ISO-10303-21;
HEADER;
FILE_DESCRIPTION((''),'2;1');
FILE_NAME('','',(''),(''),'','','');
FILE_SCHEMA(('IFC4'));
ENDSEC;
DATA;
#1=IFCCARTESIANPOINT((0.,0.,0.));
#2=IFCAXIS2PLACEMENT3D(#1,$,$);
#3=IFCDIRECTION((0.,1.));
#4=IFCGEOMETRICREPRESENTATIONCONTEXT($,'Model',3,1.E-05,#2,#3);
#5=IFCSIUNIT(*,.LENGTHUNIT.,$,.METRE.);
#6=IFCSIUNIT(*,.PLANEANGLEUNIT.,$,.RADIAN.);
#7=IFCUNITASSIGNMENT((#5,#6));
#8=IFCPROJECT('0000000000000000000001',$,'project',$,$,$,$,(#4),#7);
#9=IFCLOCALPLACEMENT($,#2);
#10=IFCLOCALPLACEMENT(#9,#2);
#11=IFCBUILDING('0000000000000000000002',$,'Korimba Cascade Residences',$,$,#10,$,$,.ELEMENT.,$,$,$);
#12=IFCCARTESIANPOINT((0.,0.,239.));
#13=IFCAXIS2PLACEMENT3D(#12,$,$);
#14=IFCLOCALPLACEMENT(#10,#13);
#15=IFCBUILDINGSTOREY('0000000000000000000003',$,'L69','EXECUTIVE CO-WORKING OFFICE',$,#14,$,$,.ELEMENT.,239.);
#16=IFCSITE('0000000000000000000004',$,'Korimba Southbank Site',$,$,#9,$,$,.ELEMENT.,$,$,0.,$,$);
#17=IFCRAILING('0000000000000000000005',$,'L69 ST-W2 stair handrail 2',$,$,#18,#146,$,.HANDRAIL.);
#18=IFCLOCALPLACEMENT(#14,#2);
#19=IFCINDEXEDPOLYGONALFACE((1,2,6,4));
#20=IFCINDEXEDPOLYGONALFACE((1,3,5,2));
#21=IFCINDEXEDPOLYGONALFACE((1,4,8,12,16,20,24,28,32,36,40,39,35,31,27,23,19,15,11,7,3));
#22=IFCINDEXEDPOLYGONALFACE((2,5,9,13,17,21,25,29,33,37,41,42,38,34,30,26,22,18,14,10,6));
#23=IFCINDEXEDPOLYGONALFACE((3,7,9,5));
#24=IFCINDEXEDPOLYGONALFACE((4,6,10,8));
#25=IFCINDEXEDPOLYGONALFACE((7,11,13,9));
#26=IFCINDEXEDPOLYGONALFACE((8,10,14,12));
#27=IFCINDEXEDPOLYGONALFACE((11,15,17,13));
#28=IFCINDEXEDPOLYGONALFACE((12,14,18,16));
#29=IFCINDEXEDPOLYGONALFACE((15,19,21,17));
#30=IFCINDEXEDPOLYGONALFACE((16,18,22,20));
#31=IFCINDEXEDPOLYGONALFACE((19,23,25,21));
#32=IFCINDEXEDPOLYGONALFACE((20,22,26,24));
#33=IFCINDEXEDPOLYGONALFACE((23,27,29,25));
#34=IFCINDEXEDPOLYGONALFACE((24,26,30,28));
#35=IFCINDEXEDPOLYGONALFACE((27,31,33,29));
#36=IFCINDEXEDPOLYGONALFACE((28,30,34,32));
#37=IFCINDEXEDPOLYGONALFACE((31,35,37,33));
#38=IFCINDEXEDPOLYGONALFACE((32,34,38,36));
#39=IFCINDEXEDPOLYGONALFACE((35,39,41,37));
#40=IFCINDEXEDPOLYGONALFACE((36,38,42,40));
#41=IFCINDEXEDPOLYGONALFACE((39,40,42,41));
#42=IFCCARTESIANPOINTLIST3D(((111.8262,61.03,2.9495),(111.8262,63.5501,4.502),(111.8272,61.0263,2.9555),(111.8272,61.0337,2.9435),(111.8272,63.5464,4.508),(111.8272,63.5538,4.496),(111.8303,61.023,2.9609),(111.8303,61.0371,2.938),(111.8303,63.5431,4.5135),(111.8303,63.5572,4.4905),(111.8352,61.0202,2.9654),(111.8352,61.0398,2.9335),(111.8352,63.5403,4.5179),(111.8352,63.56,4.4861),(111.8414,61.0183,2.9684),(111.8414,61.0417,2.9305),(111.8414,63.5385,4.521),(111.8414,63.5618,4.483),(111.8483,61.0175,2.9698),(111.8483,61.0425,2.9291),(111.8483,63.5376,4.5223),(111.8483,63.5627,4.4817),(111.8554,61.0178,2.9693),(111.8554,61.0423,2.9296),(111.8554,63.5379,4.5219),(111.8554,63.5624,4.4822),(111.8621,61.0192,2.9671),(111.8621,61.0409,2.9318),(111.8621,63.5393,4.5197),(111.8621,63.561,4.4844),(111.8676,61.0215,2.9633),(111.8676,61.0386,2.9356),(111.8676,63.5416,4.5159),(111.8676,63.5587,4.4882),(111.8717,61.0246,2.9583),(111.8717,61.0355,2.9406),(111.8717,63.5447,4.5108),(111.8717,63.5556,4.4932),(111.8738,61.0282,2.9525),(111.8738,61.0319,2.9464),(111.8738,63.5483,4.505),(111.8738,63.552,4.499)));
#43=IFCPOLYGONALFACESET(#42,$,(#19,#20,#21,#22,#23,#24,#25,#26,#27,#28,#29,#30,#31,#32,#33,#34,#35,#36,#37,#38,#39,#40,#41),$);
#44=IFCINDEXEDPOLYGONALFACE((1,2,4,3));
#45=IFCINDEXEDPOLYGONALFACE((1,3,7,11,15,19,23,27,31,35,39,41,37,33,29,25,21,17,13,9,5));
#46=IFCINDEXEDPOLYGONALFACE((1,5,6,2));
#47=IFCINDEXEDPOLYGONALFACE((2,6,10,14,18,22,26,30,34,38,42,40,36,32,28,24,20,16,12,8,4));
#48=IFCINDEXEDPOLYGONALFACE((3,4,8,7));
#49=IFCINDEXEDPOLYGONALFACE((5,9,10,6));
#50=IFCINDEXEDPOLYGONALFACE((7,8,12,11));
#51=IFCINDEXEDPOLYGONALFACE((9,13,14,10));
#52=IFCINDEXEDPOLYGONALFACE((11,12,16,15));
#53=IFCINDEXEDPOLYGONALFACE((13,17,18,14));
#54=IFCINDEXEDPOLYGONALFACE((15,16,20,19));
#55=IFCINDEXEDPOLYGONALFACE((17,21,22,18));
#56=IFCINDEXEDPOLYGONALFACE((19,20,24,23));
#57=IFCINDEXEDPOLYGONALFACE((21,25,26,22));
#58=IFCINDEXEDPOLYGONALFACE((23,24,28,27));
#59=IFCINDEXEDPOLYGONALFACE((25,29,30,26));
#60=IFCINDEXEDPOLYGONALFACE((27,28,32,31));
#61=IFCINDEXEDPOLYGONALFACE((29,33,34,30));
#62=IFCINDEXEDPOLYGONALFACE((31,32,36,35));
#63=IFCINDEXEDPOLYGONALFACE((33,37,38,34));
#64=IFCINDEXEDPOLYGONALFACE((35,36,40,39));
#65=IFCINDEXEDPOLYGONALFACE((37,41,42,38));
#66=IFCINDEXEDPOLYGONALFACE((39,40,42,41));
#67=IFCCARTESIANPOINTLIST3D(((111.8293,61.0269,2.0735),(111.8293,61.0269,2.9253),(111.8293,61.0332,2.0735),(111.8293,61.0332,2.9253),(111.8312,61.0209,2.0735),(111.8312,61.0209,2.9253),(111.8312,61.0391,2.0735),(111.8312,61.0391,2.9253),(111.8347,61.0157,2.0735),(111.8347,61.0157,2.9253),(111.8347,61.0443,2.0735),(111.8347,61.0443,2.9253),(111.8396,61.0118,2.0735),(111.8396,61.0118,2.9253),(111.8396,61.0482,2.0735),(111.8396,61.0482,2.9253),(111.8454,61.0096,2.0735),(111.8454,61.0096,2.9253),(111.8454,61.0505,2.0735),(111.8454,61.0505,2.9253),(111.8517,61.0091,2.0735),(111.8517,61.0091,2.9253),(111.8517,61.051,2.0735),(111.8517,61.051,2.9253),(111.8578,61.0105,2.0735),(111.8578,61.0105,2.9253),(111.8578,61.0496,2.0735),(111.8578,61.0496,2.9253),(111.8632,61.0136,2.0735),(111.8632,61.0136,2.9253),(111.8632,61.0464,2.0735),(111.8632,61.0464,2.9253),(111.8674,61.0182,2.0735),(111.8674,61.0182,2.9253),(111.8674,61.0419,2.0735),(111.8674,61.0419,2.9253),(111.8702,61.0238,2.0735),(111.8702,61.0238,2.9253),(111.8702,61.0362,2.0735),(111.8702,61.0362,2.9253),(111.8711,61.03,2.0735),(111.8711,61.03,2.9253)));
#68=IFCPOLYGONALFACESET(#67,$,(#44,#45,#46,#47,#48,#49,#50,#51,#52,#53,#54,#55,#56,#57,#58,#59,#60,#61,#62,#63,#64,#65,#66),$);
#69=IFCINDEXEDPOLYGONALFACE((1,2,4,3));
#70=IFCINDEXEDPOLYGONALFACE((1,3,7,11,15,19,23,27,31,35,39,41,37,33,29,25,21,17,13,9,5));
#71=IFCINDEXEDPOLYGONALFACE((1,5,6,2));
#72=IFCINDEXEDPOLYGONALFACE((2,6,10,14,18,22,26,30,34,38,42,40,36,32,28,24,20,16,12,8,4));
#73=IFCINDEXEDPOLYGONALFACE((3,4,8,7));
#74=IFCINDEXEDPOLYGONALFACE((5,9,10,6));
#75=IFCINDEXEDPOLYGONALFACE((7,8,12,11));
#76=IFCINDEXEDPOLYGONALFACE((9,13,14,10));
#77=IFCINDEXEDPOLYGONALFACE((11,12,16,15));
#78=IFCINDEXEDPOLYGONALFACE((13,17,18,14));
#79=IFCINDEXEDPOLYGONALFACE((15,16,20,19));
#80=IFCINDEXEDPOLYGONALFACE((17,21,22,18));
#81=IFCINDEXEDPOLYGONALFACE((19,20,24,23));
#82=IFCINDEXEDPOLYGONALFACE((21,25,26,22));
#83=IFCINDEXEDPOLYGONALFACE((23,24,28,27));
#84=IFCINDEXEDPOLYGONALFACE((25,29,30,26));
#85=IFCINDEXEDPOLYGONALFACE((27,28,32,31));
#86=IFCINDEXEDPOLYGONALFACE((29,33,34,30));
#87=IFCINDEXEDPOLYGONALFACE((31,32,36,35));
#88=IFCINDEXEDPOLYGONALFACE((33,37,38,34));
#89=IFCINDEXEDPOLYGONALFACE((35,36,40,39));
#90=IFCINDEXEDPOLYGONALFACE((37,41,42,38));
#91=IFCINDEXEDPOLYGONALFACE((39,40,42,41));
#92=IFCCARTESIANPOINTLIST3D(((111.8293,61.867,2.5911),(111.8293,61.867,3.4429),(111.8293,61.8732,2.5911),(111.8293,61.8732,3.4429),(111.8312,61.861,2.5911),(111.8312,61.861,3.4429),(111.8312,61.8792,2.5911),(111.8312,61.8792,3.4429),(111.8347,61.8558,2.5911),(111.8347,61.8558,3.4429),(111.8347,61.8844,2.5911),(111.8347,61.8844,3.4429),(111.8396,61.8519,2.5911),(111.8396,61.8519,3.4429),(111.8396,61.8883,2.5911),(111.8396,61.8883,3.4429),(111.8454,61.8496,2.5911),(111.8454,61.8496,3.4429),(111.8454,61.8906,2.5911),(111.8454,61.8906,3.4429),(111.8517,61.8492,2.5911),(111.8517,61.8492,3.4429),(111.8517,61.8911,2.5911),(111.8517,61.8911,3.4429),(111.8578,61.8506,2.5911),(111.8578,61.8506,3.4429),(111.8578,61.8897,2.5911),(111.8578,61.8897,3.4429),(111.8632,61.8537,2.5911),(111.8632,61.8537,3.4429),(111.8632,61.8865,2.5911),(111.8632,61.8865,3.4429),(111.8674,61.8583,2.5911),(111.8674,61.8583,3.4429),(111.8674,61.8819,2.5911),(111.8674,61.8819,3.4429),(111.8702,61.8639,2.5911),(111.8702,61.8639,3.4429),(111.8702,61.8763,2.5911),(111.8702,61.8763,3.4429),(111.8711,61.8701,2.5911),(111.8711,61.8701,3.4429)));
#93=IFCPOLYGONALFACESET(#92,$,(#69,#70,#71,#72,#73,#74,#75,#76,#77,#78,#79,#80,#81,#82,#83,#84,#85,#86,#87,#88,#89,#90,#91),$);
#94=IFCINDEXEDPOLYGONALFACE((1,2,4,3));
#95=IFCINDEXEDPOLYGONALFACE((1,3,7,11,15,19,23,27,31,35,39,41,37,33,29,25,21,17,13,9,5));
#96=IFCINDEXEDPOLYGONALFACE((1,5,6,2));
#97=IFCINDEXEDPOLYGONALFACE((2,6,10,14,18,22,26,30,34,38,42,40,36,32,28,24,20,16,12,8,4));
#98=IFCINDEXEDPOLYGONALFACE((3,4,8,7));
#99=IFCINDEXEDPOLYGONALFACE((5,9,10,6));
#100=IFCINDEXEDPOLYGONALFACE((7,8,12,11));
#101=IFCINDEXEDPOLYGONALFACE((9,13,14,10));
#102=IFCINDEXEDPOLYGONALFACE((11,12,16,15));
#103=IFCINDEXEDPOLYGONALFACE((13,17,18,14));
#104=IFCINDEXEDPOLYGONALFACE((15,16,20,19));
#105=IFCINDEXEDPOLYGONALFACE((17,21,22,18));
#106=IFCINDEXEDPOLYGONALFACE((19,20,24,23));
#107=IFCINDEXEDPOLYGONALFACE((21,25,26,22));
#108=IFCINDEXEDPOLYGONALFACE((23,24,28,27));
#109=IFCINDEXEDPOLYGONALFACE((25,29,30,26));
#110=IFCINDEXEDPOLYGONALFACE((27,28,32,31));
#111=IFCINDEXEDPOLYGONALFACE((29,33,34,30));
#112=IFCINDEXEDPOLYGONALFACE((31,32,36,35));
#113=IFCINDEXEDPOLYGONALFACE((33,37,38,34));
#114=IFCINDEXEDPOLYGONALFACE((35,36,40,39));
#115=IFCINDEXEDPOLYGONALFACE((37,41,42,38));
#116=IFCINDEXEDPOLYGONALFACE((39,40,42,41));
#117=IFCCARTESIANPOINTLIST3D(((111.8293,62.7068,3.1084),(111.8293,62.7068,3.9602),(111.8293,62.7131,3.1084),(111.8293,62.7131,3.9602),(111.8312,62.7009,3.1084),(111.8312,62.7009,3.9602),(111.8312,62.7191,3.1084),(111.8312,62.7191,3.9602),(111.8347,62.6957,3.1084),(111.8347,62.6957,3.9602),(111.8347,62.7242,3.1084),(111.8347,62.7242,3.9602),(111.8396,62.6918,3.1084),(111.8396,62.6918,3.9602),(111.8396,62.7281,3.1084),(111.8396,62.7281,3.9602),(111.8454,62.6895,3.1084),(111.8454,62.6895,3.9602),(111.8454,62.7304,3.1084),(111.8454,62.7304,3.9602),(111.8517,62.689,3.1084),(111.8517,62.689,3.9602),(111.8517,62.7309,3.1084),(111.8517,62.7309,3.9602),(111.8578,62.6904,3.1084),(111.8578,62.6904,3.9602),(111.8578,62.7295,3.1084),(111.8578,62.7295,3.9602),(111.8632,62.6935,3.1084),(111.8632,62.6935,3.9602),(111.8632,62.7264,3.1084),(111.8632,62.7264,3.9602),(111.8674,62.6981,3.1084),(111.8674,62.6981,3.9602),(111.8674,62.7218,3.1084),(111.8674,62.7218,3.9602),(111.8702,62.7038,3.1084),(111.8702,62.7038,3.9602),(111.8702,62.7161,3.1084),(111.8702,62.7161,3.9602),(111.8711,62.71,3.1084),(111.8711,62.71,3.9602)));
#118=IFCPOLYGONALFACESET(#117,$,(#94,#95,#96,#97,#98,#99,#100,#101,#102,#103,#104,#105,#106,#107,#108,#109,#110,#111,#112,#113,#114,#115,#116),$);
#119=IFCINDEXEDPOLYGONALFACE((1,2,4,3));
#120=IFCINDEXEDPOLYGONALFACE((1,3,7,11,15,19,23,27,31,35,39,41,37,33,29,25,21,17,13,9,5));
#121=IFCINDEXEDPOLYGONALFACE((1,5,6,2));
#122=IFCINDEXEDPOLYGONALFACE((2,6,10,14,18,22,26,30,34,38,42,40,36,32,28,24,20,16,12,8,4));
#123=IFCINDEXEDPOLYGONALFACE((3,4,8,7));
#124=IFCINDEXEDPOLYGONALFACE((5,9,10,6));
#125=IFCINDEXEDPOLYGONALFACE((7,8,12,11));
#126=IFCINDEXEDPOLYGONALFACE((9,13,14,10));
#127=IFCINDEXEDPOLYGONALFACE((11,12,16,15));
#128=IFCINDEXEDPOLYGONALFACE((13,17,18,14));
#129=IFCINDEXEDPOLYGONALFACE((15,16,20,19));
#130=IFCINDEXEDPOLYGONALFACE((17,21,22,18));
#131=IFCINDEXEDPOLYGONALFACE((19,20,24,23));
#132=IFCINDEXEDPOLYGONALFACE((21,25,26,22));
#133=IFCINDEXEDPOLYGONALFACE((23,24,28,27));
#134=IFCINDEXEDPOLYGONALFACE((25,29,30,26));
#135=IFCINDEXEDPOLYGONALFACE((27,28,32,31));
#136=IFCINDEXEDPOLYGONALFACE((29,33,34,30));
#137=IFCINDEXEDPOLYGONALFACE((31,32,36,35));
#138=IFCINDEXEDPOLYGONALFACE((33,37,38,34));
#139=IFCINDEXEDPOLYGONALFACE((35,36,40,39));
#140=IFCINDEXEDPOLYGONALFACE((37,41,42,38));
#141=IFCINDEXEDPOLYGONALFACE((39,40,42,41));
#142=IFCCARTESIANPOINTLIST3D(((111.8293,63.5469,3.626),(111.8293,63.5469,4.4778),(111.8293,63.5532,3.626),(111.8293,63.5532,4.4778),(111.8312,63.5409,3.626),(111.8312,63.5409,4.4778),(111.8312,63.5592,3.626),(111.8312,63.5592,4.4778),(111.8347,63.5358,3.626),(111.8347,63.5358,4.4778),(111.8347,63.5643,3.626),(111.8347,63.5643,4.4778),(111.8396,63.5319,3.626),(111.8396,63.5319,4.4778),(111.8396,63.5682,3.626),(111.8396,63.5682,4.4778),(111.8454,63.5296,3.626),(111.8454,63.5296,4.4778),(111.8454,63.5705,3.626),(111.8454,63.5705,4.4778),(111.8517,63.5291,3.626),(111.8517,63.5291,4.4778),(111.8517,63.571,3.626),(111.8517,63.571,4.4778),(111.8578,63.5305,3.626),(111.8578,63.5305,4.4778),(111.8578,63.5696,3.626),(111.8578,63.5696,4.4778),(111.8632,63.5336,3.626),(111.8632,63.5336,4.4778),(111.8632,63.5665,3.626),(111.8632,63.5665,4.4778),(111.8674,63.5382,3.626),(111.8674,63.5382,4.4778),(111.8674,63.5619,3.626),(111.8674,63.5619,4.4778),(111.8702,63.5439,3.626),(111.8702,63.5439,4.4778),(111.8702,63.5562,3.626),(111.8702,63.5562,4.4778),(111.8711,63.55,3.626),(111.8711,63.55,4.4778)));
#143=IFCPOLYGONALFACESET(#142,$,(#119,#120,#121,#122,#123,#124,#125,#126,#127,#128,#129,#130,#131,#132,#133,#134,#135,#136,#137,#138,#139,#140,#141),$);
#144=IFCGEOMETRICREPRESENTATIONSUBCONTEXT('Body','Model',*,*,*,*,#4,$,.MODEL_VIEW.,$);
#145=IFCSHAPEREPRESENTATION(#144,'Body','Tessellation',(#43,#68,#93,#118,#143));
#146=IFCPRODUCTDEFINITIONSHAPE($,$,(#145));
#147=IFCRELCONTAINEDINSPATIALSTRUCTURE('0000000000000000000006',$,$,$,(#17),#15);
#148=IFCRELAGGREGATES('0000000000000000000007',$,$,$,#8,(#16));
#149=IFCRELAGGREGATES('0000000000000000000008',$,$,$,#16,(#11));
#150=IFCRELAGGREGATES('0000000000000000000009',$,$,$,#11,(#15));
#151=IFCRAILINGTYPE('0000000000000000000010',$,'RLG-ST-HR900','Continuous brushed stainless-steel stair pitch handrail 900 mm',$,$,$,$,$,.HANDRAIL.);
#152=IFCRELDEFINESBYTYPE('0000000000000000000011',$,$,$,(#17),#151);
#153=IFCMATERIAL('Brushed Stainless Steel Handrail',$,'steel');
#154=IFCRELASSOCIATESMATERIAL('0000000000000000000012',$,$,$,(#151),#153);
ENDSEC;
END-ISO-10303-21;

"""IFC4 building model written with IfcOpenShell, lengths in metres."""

from ifc_helpers import new_model, si_unit, direction, frame, origin, origin_2d, place, context, subcontext, project, spatial, circle, extrude, material, type_object, element, save


model = new_model("IFC4")

# Units and contexts
model_context = context("Model", 3, precision=1e-05, world=origin(), true_north=direction((0.0, 1.0)))
body_context = subcontext(model_context, "Body", "Model", "MODEL_VIEW")
ifc_project = project(units=[si_unit("LENGTHUNIT", "METRE"), si_unit("PLANEANGLEUNIT", "RADIAN")], contexts=[model_context])

# Site, building, storey
site_placement = place(None, origin())
site = spatial("IfcSite", under=ifc_project, at=site_placement, Name="Korimba Southbank Site", CompositionType="ELEMENT", RefElevation=0.0)
building_placement = place(site_placement, origin())
building = spatial("IfcBuilding", under=site, at=building_placement, Name="Korimba Cascade Residences", CompositionType="ELEMENT")
storey_placement = place(building_placement, frame((0.0, 0.0, 239.0)))
storey = spatial("IfcBuildingStorey", under=building, at=storey_placement, Name="L69", Description="EXECUTIVE CO-WORKING OFFICE", CompositionType="ELEMENT", Elevation=239.0)

# Railing
ifc_material_1 = material(Name="Brushed Stainless Steel Handrail", Category="steel")
railing_type_1 = type_object("IfcRailingType", Name="RLG-ST-HR900", Description="Continuous brushed stainless-steel stair pitch handrail 900 mm", PredefinedType="HANDRAIL", material=ifc_material_1)
railing_1_placement = place(storey_placement, frame((111.8501, 61.03, 2.0735)))
element("IfcRailing", 1, at=railing_1_placement, inside=storey, type_object=railing_type_1, Name="L69 ST-W2 stair handrail 2", PredefinedType="HANDRAIL", context=body_context, shape_type="SweptSolid", body=[
    extrude(circle(Radius=0.0239, at=origin_2d()), frame((0.0, 0.0, 0.876), z_axis=(0.0, 0.8514, 0.524516), x_axis=(-1.0, 0.0, 0.0)), (0.0, 0.0, 1.0), 2.96),
    extrude(circle(Radius=0.021, at=origin_2d()), origin(), (0.0, 0.0, 1.0), 0.8518),
    extrude(circle(Radius=0.021, at=origin_2d()), frame((0.0, 0.8401, 0.5176)), (0.0, 0.0, 1.0), 0.8518),
    extrude(circle(Radius=0.021, at=origin_2d()), frame((0.0, 1.6799, 1.0349)), (0.0, 0.0, 1.0), 0.8518),
    extrude(circle(Radius=0.021, at=origin_2d()), frame((0.0, 2.52, 1.5525)), (0.0, 0.0, 1.0), 0.8518),
])

save(model, "model.ifc")
